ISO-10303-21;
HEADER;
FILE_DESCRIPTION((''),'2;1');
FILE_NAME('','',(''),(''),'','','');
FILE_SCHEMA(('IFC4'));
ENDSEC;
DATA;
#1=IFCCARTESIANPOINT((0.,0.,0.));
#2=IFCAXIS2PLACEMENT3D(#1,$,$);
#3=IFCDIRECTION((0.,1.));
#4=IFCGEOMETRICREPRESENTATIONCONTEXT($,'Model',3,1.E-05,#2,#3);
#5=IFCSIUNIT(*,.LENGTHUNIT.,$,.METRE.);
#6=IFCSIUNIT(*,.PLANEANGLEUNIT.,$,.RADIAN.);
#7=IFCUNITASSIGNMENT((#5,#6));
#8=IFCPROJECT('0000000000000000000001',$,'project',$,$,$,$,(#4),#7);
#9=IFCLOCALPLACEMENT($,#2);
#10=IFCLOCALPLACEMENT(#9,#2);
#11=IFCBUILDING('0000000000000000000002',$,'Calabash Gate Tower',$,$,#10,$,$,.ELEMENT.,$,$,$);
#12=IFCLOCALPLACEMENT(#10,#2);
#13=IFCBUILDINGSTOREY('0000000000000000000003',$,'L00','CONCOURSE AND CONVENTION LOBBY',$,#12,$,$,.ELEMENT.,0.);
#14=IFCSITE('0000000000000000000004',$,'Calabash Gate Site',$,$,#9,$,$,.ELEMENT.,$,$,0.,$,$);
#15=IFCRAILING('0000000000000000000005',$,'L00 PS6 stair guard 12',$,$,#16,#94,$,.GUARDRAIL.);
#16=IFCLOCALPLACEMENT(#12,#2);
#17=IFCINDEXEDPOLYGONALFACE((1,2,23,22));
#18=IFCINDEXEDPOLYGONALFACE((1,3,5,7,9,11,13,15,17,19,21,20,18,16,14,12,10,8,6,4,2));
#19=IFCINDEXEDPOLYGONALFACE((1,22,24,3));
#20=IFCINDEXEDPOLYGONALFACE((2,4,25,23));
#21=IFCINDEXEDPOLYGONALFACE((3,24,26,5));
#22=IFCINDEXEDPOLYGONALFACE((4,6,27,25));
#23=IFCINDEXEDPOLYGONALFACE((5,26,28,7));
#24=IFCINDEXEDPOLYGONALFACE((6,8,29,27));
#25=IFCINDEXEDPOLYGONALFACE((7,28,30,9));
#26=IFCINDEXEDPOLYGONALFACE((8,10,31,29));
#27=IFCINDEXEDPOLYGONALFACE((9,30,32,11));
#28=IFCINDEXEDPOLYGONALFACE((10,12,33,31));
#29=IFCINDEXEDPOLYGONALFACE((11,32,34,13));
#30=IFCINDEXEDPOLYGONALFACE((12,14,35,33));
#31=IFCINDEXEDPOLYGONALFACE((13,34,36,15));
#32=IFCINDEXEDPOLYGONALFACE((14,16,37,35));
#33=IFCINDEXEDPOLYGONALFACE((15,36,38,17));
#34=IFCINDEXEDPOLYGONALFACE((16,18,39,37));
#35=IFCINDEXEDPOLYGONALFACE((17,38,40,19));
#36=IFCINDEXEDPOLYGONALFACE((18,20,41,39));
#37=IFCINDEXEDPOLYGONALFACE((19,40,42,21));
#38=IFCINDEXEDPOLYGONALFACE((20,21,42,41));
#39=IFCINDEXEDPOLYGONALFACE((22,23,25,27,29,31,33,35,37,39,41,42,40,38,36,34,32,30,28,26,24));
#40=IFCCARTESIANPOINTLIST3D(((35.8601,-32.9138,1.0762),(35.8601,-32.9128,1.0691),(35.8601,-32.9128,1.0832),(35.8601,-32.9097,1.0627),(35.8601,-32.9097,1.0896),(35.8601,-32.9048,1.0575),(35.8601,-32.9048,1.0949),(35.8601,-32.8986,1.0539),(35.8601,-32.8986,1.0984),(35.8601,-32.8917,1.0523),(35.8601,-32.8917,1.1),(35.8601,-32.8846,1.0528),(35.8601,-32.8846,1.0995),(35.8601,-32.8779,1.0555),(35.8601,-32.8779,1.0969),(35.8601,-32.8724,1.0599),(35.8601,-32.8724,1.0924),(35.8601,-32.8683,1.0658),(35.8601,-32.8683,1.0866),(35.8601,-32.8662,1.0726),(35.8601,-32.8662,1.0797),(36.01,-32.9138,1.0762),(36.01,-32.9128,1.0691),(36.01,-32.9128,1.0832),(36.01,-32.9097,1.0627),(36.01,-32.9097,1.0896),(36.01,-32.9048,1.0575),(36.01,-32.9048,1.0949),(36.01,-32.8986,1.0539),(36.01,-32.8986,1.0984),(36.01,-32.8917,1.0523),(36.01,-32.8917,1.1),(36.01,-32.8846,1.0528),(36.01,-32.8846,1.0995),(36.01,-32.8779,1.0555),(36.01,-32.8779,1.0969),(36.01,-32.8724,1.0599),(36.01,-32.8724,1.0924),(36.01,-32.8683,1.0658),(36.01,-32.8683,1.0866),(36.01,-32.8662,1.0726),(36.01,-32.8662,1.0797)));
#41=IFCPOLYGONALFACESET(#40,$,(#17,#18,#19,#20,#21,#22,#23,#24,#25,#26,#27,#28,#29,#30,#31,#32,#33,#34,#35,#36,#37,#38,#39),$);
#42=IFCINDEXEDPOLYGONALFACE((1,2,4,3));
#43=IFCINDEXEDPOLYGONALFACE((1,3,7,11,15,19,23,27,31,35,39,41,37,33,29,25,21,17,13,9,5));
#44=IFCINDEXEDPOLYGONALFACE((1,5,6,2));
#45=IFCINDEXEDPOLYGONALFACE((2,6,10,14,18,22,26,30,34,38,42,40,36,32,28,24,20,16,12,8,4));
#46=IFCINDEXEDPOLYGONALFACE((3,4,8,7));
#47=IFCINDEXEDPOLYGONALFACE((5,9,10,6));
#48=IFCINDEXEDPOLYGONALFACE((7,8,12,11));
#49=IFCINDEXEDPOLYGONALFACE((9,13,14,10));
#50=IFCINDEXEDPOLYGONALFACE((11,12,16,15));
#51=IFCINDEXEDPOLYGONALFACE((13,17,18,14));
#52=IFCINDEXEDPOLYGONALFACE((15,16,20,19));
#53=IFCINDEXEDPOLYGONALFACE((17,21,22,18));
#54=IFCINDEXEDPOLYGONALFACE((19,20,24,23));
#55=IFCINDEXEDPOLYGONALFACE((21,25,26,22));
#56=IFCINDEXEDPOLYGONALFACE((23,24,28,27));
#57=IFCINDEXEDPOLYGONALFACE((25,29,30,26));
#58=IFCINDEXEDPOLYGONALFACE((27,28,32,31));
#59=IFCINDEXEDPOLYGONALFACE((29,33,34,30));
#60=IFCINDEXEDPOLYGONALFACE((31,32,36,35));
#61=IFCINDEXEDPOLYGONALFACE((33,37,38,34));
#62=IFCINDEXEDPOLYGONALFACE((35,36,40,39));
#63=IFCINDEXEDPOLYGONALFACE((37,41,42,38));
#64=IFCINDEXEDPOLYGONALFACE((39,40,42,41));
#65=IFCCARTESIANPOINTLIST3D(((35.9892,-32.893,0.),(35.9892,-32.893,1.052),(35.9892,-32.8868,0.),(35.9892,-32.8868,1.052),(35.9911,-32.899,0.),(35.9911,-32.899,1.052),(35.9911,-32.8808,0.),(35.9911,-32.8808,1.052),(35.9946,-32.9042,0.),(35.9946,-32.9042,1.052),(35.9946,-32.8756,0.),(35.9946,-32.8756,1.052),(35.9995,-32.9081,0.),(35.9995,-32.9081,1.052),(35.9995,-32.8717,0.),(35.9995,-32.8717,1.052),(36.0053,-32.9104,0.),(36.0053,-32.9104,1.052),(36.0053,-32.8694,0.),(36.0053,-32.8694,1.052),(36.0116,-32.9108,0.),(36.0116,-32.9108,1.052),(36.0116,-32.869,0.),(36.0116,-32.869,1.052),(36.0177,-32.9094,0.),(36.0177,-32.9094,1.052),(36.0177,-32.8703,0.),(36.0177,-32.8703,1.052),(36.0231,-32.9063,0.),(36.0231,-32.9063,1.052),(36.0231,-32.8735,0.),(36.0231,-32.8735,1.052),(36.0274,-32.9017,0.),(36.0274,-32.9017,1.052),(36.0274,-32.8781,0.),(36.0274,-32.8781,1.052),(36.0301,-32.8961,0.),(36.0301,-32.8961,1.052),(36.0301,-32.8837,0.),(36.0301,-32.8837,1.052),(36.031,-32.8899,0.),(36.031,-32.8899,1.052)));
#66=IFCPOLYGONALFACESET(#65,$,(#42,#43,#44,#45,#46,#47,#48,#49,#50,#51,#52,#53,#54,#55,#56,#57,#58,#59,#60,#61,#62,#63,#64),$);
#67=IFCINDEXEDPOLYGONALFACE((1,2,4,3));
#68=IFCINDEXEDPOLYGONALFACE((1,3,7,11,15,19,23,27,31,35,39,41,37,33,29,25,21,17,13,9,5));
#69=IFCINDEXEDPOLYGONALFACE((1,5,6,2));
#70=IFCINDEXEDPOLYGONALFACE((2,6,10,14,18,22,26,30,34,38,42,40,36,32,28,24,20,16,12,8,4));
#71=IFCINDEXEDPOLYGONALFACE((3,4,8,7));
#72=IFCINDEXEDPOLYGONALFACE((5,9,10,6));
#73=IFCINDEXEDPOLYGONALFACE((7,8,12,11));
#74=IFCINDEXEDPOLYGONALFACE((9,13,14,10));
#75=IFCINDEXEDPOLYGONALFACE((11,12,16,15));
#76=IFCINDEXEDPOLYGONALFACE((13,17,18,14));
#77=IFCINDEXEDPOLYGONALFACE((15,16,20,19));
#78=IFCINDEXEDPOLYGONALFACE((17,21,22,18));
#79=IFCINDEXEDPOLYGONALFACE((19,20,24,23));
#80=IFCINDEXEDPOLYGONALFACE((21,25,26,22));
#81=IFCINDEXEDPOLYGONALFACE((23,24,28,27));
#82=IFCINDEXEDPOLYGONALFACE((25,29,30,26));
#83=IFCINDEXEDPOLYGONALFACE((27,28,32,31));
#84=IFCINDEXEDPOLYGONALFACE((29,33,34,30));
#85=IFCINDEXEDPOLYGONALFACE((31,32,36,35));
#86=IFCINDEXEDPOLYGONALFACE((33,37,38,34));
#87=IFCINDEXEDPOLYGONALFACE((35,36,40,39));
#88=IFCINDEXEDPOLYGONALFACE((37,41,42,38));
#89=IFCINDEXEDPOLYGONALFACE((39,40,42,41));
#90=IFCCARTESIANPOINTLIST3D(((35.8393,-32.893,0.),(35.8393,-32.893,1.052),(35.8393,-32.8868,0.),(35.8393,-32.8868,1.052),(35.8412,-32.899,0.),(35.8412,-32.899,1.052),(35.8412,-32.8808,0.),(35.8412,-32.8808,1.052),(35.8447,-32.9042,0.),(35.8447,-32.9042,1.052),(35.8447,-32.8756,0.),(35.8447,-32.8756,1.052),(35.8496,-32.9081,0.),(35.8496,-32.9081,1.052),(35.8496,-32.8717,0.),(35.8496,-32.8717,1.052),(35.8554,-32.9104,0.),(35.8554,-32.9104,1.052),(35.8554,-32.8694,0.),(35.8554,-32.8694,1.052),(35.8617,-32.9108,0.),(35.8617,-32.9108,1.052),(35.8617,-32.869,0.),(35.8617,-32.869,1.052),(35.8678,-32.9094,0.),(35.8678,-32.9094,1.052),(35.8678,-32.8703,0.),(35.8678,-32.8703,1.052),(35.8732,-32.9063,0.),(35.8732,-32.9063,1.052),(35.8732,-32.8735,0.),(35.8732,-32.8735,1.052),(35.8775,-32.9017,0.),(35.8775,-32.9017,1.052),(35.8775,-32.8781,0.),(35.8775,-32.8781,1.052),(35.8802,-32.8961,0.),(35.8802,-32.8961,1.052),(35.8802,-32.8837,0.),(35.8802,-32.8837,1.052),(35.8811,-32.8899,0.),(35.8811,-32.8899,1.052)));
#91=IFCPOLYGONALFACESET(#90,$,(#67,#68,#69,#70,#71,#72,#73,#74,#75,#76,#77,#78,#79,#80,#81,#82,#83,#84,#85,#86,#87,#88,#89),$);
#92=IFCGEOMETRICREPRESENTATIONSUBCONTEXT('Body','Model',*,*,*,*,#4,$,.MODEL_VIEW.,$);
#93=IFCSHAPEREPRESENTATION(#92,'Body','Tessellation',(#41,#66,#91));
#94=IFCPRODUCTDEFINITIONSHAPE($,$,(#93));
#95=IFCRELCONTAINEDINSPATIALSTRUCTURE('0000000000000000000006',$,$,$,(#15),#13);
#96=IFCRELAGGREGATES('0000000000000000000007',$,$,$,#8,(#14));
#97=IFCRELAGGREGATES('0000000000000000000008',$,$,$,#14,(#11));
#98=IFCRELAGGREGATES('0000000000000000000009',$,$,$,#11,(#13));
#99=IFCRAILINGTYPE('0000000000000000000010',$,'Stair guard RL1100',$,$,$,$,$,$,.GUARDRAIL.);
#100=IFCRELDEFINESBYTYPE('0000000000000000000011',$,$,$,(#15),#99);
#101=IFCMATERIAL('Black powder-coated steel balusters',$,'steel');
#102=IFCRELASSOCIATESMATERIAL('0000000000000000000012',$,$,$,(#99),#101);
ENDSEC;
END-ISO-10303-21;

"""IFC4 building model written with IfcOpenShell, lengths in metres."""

from ifc_helpers import new_model, si_unit, direction, frame, origin, origin_2d, place, context, subcontext, project, spatial, circle, extrude, material, type_object, element, save


model = new_model("IFC4")

# Units and contexts
model_context = context("Model", 3, precision=1e-05, world=origin(), true_north=direction((0.0, 1.0)))
body_context = subcontext(model_context, "Body", "Model", "MODEL_VIEW")
ifc_project = project(units=[si_unit("LENGTHUNIT", "METRE"), si_unit("PLANEANGLEUNIT", "RADIAN")], contexts=[model_context])

# Site, building, storey
site_placement = place(None, origin())
site = spatial("IfcSite", under=ifc_project, at=site_placement, Name="Calabash Gate Site", CompositionType="ELEMENT", RefElevation=0.0)
building_placement = place(site_placement, origin())
building = spatial("IfcBuilding", under=site, at=building_placement, Name="Calabash Gate Tower", CompositionType="ELEMENT")
storey_placement = place(building_placement, origin())
storey = spatial("IfcBuildingStorey", under=building, at=storey_placement, Name="L00", Description="CONCOURSE AND CONVENTION LOBBY", CompositionType="ELEMENT", Elevation=0.0)

# Railing
ifc_material_1 = material(Name="Black powder-coated steel balusters", Category="steel")
railing_type_1 = type_object("IfcRailingType", Name="Stair guard RL1100", PredefinedType="GUARDRAIL", material=ifc_material_1)
railing_1_placement = place(storey_placement, frame((36.01, -32.8899, 0.0)))
element("IfcRailing", 1, at=railing_1_placement, inside=storey, type_object=railing_type_1, Name="L00 PS6 stair guard 12", PredefinedType="GUARDRAIL", context=body_context, shape_type="SweptSolid", body=[
    extrude(circle(Radius=0.0239, at=origin_2d()), frame((0.0, 0.0, 1.0762), z_axis=(-1.0, 0.0, 0.0), x_axis=(0.0, -1.0, 0.0)), (0.0, 0.0, 1.0), 0.1499),
    extrude(circle(Radius=0.021, at=origin_2d()), origin(), (0.0, 0.0, 1.0), 1.052),
    extrude(circle(Radius=0.021, at=origin_2d()), frame((-0.1499, 0.0, 0.0)), (0.0, 0.0, 1.0), 1.052),
])

save(model, "model.ifc")
